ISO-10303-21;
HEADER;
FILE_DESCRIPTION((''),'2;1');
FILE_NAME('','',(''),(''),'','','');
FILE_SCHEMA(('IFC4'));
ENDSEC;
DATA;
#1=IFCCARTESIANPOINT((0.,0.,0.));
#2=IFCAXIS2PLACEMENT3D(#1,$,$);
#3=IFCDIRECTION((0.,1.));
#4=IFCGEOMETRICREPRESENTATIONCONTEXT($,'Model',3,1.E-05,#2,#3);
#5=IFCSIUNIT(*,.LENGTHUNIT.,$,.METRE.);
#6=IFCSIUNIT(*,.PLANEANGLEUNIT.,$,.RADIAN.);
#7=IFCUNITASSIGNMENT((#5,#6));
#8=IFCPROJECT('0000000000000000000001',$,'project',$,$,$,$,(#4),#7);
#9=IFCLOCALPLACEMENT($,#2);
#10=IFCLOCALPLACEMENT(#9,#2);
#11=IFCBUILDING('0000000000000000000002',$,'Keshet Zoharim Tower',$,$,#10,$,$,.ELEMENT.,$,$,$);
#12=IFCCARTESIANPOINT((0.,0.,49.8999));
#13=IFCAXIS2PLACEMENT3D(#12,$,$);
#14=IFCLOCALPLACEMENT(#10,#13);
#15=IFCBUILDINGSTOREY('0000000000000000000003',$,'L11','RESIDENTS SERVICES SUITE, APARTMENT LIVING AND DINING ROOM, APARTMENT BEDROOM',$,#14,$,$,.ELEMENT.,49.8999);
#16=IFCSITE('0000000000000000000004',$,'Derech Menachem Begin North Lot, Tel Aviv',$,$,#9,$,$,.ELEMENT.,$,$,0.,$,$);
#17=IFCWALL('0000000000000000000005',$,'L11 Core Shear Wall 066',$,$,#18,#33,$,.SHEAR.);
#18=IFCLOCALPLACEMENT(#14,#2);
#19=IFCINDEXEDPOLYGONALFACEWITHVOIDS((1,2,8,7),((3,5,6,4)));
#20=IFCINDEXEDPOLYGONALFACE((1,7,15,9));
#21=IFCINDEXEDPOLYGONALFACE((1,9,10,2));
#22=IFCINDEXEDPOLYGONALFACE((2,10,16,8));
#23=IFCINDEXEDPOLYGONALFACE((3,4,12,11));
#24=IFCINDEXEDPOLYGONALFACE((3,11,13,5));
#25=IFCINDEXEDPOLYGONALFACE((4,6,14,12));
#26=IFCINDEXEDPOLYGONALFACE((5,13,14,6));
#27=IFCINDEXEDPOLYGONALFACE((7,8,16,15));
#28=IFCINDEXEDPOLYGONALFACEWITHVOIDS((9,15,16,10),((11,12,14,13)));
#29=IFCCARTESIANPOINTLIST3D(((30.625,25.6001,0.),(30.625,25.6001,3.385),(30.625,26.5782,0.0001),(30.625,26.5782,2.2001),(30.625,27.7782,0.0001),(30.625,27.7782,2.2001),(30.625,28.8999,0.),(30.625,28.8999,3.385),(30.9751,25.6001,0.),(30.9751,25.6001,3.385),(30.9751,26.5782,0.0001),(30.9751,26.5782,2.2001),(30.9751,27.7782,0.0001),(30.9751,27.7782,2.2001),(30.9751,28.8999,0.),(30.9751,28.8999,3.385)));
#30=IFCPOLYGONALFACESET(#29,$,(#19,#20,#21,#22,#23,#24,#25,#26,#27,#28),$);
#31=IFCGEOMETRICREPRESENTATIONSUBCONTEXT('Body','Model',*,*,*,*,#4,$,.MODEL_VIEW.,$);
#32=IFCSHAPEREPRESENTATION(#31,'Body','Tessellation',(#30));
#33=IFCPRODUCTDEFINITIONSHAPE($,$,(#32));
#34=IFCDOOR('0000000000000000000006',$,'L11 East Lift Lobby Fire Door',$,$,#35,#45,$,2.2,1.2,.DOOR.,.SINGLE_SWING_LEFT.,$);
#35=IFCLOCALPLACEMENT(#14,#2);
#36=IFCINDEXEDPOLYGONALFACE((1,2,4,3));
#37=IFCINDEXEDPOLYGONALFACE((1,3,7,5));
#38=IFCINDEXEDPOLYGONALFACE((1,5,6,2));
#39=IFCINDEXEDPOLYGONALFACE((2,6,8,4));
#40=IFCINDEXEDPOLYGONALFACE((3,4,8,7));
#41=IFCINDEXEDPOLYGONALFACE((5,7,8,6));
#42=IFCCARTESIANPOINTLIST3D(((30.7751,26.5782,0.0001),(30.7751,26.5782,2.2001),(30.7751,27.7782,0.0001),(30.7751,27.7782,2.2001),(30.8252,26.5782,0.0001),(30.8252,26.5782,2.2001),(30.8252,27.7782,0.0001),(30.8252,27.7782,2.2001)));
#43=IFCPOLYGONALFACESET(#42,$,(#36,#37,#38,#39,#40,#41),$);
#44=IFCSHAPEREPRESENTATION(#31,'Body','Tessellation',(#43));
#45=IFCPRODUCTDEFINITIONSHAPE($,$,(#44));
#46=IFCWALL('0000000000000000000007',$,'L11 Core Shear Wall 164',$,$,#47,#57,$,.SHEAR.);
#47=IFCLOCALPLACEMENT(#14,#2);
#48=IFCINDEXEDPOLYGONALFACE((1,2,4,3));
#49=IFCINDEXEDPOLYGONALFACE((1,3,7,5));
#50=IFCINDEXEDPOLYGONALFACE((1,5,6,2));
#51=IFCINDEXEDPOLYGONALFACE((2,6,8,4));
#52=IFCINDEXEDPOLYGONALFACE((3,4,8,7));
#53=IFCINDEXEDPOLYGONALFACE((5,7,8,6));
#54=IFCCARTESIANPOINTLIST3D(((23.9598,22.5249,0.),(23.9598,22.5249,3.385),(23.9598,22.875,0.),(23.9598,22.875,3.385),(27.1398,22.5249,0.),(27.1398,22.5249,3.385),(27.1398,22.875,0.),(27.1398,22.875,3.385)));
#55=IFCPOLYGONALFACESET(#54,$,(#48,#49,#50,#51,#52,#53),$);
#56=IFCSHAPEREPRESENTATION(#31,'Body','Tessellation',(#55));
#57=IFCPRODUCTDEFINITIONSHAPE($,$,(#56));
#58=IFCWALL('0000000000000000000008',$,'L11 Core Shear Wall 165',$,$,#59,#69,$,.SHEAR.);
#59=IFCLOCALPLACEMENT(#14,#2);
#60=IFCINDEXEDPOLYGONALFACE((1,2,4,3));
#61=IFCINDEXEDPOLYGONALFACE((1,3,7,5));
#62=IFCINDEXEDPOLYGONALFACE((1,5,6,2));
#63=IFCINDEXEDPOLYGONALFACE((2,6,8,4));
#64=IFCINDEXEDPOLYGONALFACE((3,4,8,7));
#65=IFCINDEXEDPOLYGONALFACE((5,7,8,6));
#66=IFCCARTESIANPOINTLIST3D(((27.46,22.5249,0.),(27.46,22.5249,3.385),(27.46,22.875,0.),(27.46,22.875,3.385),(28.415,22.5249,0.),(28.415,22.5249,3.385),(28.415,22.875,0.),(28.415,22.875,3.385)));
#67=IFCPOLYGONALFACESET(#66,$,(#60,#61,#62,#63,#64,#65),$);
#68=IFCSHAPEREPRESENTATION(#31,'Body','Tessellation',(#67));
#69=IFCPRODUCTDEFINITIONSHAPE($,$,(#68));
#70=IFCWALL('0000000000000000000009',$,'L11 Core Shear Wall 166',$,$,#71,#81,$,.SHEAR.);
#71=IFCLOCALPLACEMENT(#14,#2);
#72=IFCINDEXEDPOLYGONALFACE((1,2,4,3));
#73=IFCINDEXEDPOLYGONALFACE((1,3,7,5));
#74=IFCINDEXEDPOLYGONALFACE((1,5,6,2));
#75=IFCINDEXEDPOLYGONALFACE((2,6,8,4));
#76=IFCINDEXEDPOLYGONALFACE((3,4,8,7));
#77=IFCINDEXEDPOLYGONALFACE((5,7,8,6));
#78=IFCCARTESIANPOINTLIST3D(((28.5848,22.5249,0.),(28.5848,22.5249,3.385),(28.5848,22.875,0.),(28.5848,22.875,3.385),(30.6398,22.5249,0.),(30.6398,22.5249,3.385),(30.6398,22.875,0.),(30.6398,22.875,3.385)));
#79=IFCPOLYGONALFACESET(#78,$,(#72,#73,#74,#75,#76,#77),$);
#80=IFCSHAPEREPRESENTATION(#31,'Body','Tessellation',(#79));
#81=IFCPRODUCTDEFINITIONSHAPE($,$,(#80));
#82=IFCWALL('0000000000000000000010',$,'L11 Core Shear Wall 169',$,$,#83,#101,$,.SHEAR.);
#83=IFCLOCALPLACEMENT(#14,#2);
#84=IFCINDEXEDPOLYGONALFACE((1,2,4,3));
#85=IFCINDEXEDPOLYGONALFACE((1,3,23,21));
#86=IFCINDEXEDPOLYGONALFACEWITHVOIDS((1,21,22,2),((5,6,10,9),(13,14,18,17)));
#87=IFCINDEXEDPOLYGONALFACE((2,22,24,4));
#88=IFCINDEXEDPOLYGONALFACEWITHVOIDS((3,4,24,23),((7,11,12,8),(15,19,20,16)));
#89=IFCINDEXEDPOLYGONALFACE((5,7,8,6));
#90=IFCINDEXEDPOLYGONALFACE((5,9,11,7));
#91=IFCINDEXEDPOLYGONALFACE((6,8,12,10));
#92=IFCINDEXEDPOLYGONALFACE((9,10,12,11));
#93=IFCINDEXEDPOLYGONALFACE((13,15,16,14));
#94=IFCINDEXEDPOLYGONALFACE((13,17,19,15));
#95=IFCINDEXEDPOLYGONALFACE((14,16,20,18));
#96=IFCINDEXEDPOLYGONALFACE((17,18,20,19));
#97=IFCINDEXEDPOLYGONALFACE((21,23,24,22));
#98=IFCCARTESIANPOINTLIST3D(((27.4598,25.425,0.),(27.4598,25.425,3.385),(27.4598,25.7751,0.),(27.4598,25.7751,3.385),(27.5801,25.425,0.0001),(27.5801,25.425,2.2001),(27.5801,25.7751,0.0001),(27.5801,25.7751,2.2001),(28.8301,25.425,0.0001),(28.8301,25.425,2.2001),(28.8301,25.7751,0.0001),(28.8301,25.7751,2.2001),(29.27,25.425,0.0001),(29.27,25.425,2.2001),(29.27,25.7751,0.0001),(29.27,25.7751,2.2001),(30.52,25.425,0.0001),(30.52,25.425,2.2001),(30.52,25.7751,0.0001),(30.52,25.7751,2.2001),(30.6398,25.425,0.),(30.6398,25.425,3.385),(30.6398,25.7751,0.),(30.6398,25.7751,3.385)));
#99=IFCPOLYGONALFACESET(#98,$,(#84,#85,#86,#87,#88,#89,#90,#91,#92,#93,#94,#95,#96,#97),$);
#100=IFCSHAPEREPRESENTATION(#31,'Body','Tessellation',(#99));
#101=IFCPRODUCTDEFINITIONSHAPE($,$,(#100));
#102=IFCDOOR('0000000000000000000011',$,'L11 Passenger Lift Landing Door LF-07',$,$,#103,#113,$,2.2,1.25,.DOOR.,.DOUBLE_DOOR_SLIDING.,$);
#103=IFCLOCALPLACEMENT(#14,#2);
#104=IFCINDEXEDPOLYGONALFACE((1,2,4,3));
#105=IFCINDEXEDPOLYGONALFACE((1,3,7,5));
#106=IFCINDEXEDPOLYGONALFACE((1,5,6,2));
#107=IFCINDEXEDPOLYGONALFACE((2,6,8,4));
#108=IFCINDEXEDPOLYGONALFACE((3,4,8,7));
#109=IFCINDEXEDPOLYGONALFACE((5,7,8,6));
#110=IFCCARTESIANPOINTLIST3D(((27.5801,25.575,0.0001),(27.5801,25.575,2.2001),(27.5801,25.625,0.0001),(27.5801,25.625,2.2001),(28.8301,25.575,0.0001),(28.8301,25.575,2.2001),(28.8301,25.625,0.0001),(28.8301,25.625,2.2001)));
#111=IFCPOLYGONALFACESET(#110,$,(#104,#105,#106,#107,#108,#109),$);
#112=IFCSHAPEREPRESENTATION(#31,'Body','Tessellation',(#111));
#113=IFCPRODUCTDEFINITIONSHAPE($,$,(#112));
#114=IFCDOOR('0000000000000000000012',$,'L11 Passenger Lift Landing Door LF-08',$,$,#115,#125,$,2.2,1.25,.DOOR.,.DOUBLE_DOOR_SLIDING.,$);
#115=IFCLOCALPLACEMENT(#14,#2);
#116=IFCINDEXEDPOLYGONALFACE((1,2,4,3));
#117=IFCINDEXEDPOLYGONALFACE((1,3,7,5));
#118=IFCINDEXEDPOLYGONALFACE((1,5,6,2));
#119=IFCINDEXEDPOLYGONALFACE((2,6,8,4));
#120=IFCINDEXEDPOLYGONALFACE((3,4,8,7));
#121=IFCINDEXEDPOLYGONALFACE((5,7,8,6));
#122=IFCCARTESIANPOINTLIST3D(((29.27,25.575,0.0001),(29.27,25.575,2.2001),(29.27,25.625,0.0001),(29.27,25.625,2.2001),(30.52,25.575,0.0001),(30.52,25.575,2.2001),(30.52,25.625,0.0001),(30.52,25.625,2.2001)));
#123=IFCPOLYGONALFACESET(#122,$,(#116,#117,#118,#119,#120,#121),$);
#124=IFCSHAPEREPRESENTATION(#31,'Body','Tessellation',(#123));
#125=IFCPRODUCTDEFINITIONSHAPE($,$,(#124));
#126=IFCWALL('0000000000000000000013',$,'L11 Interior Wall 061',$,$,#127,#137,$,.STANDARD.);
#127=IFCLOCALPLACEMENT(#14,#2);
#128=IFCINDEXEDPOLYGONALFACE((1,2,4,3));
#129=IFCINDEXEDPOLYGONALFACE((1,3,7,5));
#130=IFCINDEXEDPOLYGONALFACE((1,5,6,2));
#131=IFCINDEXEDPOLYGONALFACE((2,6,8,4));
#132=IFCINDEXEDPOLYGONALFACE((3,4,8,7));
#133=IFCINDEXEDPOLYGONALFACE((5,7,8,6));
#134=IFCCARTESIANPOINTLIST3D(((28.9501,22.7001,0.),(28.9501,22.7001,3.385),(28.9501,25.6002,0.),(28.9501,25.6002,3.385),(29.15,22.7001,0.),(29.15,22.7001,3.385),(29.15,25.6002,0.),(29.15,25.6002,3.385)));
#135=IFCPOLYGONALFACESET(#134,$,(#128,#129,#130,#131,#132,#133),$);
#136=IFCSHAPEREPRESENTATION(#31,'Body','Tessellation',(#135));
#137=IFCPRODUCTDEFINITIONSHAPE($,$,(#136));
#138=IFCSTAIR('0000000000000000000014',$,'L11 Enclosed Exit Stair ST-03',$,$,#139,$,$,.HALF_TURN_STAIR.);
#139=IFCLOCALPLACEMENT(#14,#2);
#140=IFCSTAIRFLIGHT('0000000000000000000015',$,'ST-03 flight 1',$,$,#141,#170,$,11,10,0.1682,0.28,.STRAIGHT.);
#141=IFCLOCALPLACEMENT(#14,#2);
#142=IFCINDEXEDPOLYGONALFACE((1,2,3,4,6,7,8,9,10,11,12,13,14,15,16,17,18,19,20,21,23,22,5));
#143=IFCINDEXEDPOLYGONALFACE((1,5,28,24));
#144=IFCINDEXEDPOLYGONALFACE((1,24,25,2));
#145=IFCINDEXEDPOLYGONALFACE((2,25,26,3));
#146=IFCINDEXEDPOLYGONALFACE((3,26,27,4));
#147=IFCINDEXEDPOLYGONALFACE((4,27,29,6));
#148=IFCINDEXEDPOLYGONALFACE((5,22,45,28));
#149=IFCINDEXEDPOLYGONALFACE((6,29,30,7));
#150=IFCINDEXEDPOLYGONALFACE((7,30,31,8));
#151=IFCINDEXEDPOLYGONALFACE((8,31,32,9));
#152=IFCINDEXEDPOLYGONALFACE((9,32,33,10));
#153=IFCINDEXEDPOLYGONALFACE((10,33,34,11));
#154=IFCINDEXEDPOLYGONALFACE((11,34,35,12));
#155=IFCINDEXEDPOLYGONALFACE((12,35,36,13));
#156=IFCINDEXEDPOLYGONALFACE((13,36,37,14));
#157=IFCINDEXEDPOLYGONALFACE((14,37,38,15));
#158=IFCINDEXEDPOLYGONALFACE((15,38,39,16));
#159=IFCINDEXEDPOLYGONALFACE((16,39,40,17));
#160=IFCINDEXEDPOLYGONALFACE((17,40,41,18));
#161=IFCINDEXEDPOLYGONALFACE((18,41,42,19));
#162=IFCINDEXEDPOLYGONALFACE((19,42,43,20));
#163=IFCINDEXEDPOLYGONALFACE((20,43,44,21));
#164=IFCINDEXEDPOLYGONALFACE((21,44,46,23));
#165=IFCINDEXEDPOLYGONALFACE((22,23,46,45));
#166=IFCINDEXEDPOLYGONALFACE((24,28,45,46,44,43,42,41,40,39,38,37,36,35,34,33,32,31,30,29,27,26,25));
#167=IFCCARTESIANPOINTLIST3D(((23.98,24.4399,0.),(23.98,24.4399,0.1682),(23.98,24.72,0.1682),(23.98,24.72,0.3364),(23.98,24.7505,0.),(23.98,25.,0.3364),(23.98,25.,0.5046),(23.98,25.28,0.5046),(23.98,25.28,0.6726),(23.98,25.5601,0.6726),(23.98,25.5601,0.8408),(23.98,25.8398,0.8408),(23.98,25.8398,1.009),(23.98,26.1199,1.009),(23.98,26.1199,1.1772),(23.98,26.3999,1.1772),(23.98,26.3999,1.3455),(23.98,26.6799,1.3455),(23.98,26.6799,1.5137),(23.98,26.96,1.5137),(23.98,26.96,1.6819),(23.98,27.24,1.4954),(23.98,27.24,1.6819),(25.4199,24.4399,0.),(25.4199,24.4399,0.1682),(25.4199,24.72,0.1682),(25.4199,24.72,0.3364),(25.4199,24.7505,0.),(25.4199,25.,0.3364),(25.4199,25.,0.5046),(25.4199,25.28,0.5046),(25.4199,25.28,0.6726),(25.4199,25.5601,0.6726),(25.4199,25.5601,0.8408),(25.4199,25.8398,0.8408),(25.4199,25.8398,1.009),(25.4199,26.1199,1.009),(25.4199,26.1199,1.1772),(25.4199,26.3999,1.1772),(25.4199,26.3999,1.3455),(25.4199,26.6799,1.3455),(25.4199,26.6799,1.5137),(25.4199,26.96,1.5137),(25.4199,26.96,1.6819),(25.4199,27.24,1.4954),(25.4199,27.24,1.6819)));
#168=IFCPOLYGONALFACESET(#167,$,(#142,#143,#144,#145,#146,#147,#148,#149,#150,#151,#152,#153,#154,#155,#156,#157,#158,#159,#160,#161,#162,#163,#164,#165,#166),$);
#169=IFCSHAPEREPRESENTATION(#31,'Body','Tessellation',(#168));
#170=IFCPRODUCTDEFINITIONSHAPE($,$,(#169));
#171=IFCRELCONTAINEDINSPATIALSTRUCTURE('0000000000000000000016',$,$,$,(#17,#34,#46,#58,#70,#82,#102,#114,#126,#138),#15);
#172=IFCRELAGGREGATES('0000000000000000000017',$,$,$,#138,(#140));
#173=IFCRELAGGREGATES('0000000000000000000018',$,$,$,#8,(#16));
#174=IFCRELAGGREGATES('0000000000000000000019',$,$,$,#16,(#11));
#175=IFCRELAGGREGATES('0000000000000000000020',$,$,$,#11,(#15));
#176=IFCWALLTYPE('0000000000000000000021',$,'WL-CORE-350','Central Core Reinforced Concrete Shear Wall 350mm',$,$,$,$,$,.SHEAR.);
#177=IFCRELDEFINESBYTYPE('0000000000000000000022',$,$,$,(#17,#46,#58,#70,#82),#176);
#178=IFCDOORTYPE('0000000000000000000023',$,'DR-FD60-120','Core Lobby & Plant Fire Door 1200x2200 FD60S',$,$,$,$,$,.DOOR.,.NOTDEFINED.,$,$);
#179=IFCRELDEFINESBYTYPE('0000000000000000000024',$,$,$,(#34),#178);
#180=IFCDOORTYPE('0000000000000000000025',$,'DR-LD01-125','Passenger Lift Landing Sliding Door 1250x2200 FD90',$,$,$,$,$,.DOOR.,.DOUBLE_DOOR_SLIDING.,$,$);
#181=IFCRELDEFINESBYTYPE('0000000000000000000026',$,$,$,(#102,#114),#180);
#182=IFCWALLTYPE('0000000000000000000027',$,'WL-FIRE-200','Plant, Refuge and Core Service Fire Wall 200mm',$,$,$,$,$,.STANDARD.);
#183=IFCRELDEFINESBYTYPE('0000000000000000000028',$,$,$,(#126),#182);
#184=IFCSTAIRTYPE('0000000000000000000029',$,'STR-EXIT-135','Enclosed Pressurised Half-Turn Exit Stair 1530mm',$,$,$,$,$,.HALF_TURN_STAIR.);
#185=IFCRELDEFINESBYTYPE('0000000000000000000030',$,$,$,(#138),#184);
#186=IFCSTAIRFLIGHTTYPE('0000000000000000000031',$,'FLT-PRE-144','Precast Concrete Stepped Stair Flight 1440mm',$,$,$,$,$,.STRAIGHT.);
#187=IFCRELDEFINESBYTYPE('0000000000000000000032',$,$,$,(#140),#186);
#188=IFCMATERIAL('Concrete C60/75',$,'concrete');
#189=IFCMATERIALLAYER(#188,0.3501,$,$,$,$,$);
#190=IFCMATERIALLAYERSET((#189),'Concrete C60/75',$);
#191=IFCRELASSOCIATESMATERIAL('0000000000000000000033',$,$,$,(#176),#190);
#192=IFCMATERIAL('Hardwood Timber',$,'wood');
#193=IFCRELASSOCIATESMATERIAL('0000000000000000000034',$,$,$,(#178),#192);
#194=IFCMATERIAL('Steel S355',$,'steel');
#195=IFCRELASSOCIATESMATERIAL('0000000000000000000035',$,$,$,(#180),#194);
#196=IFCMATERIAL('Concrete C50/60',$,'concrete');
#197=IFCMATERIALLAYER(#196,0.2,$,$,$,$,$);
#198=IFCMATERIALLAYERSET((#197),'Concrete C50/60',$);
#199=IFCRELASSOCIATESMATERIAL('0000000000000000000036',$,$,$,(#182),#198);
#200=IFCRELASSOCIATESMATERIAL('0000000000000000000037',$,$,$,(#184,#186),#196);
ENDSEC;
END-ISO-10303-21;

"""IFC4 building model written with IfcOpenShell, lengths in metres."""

from ifc_helpers import new_model, si_unit, direction, frame, frame_2d, origin, place, context, subcontext, project, spatial, polyline, rectangle, outline, extrude, material, layer, layer_set, type_object, element, fill, aggregate, save


model = new_model("IFC4")

# Units and contexts
model_context = context("Model", 3, precision=1e-05, world=origin(), true_north=direction((0.0, 1.0)))
body_context = subcontext(model_context, "Body", "Model", "MODEL_VIEW")
ifc_project = project(units=[si_unit("LENGTHUNIT", "METRE"), si_unit("PLANEANGLEUNIT", "RADIAN")], contexts=[model_context])

# Site, building, storey
site_placement = place(None, origin())
site = spatial("IfcSite", under=ifc_project, at=site_placement, Name="Derech Menachem Begin North Lot, Tel Aviv", CompositionType="ELEMENT", RefElevation=0.0)
building_placement = place(site_placement, origin())
building = spatial("IfcBuilding", under=site, at=building_placement, Name="Keshet Zoharim Tower", CompositionType="ELEMENT")
storey_placement = place(building_placement, frame((0.0, 0.0, 49.8999)))
storey = spatial("IfcBuildingStorey", under=building, at=storey_placement, Name="L11", Description="RESIDENTS SERVICES SUITE, APARTMENT LIVING AND DINING ROOM, APARTMENT BEDROOM", CompositionType="ELEMENT", Elevation=49.8999)

# Shared definitions
ifc_material_1 = material(Name="Concrete C60/75", Category="concrete")

# Shared definitions
ifc_material_2 = material(Name="Steel S355", Category="steel")

# Shared definitions
ifc_layer_1 = layer(ifc_material_1, 0.3501)
ifc_layer_set_1 = layer_set([ifc_layer_1], Name="Concrete C60/75")
wall_type_1 = type_object("IfcWallType", Name="WL-CORE-350", Description="Central Core Reinforced Concrete Shear Wall 350mm", PredefinedType="SHEAR", material=ifc_layer_set_1)
ifc_material_3 = material(Name="Hardwood Timber", Category="wood")

# Wall, opening, door
wall_1_placement = place(storey_placement, frame((30.8, 25.6001, 0.0), z_axis=(0.0, 0.0, 1.0), x_axis=(0.0, 1.0, 0.0)))
wall_1 = element("IfcWall", 1, at=wall_1_placement, inside=storey, type_object=wall_type_1, Name="L11 Core Shear Wall 066", PredefinedType="SHEAR", context=body_context, shape_type="SweptSolid", body=[
    extrude(rectangle(XDim=3.2998, YDim=0.3501, at=frame_2d((1.6499, 0.0))), origin(), (0.0, 0.0, 1.0), 3.385),
])
opening_1_placement = place(wall_1_placement, frame((0.978, 0.0, 0.0)))
opening_1 = element("IfcOpeningElement", 2, at=opening_1_placement, cuts=wall_1, PredefinedType="OPENING", context=body_context, shape_type="SweptSolid", body=[
    extrude(rectangle(XDim=1.2, YDim=2.2, at=frame_2d((0.6001, 1.1001))), frame((0.0, 0.1851, 0.0), z_axis=(0.0, -1.0, 0.0), x_axis=(1.0, 0.0, 0.0)), (0.0, 0.0, 1.0), 0.3701),
])
door_type_1 = type_object("IfcDoorType", Name="DR-FD60-120", Description="Core Lobby & Plant Fire Door 1200x2200 FD60S", OperationType="NOTDEFINED", PredefinedType="DOOR", material=ifc_material_3)
door_1_placement = place(opening_1_placement, origin())
door_1 = element("IfcDoor", 3, at=door_1_placement, inside=storey, type_object=door_type_1, Name="L11 East Lift Lobby Fire Door", OperationType="SINGLE_SWING_LEFT", OverallHeight=2.2, OverallWidth=1.2, PredefinedType="DOOR", context=body_context, shape_type="SweptSolid", body=[
    extrude(rectangle(XDim=1.2, YDim=2.2, at=frame_2d((0.6001, 1.1001))), frame((0.0, 0.0249, 0.0), z_axis=(0.0, -1.0, 0.0), x_axis=(1.0, 0.0, 0.0)), (0.0, 0.0, 1.0), 0.05),
])
fill(opening_1, door_1)

# Walls
wall_2_placement = place(storey_placement, frame((23.96, 22.7, 0.0), z_axis=(0.0, 0.0, 1.0), x_axis=(1.0, 0.0, 0.0)))
element("IfcWall", 4, at=wall_2_placement, inside=storey, type_object=wall_type_1, Name="L11 Core Shear Wall 164", PredefinedType="SHEAR", context=body_context, shape_type="SweptSolid", body=[
    extrude(rectangle(XDim=3.1799, YDim=0.3501, at=frame_2d((1.5898, 0.0))), origin(), (0.0, 0.0, 1.0), 3.385),
])
wall_3_placement = place(storey_placement, frame((27.46, 22.7, 0.0), z_axis=(0.0, 0.0, 1.0), x_axis=(1.0, 0.0, 0.0)))
element("IfcWall", 5, at=wall_3_placement, inside=storey, type_object=wall_type_1, Name="L11 Core Shear Wall 165", PredefinedType="SHEAR", context=body_context, shape_type="SweptSolid", body=[
    extrude(rectangle(XDim=0.9551, YDim=0.3501, at=frame_2d((0.4775, 0.0))), origin(), (0.0, 0.0, 1.0), 3.385),
])
wall_4_placement = place(storey_placement, frame((28.585, 22.7, 0.0), z_axis=(0.0, 0.0, 1.0), x_axis=(1.0, 0.0, 0.0)))
element("IfcWall", 6, at=wall_4_placement, inside=storey, type_object=wall_type_1, Name="L11 Core Shear Wall 166", PredefinedType="SHEAR", context=body_context, shape_type="SweptSolid", body=[
    extrude(rectangle(XDim=2.0549, YDim=0.3501, at=frame_2d((1.0273, 0.0))), origin(), (0.0, 0.0, 1.0), 3.385),
])

# Wall, openings, doors
wall_5_placement = place(storey_placement, frame((27.46, 25.6001, 0.0), z_axis=(0.0, 0.0, 1.0), x_axis=(1.0, 0.0, 0.0)))
wall_5 = element("IfcWall", 7, at=wall_5_placement, inside=storey, type_object=wall_type_1, Name="L11 Core Shear Wall 169", PredefinedType="SHEAR", context=body_context, shape_type="SweptSolid", body=[
    extrude(rectangle(XDim=3.1799, YDim=0.3501, at=frame_2d((1.5898, 0.0))), origin(), (0.0, 0.0, 1.0), 3.385),
])
opening_2_placement = place(wall_5_placement, frame((0.1201, 0.0, 0.0)))
opening_2 = element("IfcOpeningElement", 8, at=opening_2_placement, cuts=wall_5, PredefinedType="OPENING", context=body_context, shape_type="SweptSolid", body=[
    extrude(rectangle(XDim=1.25, YDim=2.2, at=frame_2d((0.625, 1.1001))), frame((0.0, 0.1851, 0.0), z_axis=(0.0, -1.0, 0.0), x_axis=(1.0, 0.0, 0.0)), (0.0, 0.0, 1.0), 0.3701),
])
opening_3_placement = place(wall_5_placement, frame((1.8101, 0.0, 0.0)))
opening_3 = element("IfcOpeningElement", 9, at=opening_3_placement, cuts=wall_5, PredefinedType="OPENING", context=body_context, shape_type="SweptSolid", body=[
    extrude(rectangle(XDim=1.25, YDim=2.2, at=frame_2d((0.625, 1.1001))), frame((0.0, 0.1851, 0.0), z_axis=(0.0, -1.0, 0.0), x_axis=(1.0, 0.0, 0.0)), (0.0, 0.0, 1.0), 0.3701),
])
door_type_2 = type_object("IfcDoorType", Name="DR-LD01-125", Description="Passenger Lift Landing Sliding Door 1250x2200 FD90", OperationType="DOUBLE_DOOR_SLIDING", PredefinedType="DOOR", material=ifc_material_2)
door_2_placement = place(opening_2_placement, origin())
door_2 = element("IfcDoor", 10, at=door_2_placement, inside=storey, type_object=door_type_2, Name="L11 Passenger Lift Landing Door LF-07", OperationType="DOUBLE_DOOR_SLIDING", OverallHeight=2.2, OverallWidth=1.25, PredefinedType="DOOR", context=body_context, shape_type="SweptSolid", body=[
    extrude(rectangle(XDim=1.25, YDim=2.2, at=frame_2d((0.625, 1.1001))), frame((0.0, 0.0249, 0.0), z_axis=(0.0, -1.0, 0.0), x_axis=(1.0, 0.0, 0.0)), (0.0, 0.0, 1.0), 0.05),
])
fill(opening_2, door_2)
door_3_placement = place(opening_3_placement, origin())
door_3 = element("IfcDoor", 11, at=door_3_placement, inside=storey, type_object=door_type_2, Name="L11 Passenger Lift Landing Door LF-08", OperationType="DOUBLE_DOOR_SLIDING", OverallHeight=2.2, OverallWidth=1.25, PredefinedType="DOOR", context=body_context, shape_type="SweptSolid", body=[
    extrude(rectangle(XDim=1.25, YDim=2.2, at=frame_2d((0.625, 1.1001))), frame((0.0, 0.0249, 0.0), z_axis=(0.0, -1.0, 0.0), x_axis=(1.0, 0.0, 0.0)), (0.0, 0.0, 1.0), 0.05),
])
fill(opening_3, door_3)

# Wall
ifc_material_4 = material(Name="Concrete C50/60", Category="concrete")
ifc_layer_2 = layer(ifc_material_4, 0.2)
ifc_layer_set_2 = layer_set([ifc_layer_2], Name="Concrete C50/60")
wall_type_2 = type_object("IfcWallType", Name="WL-FIRE-200", Description="Plant, Refuge and Core Service Fire Wall 200mm", PredefinedType="STANDARD", material=ifc_layer_set_2)
wall_6_placement = place(storey_placement, frame((29.05, 22.7, 0.0), z_axis=(0.0, 0.0, 1.0), x_axis=(0.0, 1.0, 0.0)))
element("IfcWall", 12, at=wall_6_placement, inside=storey, type_object=wall_type_2, Name="L11 Interior Wall 061", PredefinedType="STANDARD", context=body_context, shape_type="SweptSolid", body=[
    extrude(rectangle(XDim=2.9001, YDim=0.2, at=frame_2d((1.4502, 0.0))), origin(), (0.0, 0.0, 1.0), 3.385),
])

# Stair, stair flight
stair_type = type_object("IfcStairType", Name="STR-EXIT-135", Description="Enclosed Pressurised Half-Turn Exit Stair 1530mm", PredefinedType="HALF_TURN_STAIR", material=ifc_material_4)
stair_placement = place(storey_placement, origin())
stair = element("IfcStair", 13, at=stair_placement, inside=storey, type_object=stair_type, Name="L11 Enclosed Exit Stair ST-03", PredefinedType="HALF_TURN_STAIR")
stair_flight_type = type_object("IfcStairFlightType", Name="FLT-PRE-144", Description="Precast Concrete Stepped Stair Flight 1440mm", PredefinedType="STRAIGHT", material=ifc_material_4)
stair_flight_placement = place(storey_placement, frame((24.7, 24.4399, 0.0), z_axis=(0.0, 0.0, 1.0), x_axis=(0.0, 1.0, 0.0)))
stair_flight = element("IfcStairFlight", 14, at=stair_flight_placement, type_object=stair_flight_type, Name="ST-03 flight 1", NumberOfRisers=11, NumberOfTreads=10, PredefinedType="STRAIGHT", RiserHeight=0.1682, TreadLength=0.28, context=body_context, shape_type="SweptSolid", body=[
    extrude(outline(polyline([(0.0, 0.0), (0.0, 0.1682), (0.28, 0.1682), (0.28, 0.3364), (0.5601, 0.3364), (0.5601, 0.5046), (0.8401, 0.5046), (0.8401, 0.6726), (1.1201, 0.6726), (1.1201, 0.8408), (1.3999, 0.8408), (1.3999, 1.009), (1.6799, 1.009), (1.6799, 1.1772), (1.96, 1.1772), (1.96, 1.3455), (2.24, 1.3455), (2.24, 1.5137), (2.52, 1.5137), (2.52, 1.6819), (2.8, 1.6819), (2.8, 1.8501), (2.8, 1.4954), (0.3105, 0.0), (0.0, 0.0)])), frame((0.0, 0.72, 0.0), z_axis=(0.0, -1.0, 0.0), x_axis=(1.0, 0.0, 0.0)), (0.0, 0.0, 1.0), 1.4399),
])
aggregate(stair, [stair_flight])

save(model, "model.ifc")
